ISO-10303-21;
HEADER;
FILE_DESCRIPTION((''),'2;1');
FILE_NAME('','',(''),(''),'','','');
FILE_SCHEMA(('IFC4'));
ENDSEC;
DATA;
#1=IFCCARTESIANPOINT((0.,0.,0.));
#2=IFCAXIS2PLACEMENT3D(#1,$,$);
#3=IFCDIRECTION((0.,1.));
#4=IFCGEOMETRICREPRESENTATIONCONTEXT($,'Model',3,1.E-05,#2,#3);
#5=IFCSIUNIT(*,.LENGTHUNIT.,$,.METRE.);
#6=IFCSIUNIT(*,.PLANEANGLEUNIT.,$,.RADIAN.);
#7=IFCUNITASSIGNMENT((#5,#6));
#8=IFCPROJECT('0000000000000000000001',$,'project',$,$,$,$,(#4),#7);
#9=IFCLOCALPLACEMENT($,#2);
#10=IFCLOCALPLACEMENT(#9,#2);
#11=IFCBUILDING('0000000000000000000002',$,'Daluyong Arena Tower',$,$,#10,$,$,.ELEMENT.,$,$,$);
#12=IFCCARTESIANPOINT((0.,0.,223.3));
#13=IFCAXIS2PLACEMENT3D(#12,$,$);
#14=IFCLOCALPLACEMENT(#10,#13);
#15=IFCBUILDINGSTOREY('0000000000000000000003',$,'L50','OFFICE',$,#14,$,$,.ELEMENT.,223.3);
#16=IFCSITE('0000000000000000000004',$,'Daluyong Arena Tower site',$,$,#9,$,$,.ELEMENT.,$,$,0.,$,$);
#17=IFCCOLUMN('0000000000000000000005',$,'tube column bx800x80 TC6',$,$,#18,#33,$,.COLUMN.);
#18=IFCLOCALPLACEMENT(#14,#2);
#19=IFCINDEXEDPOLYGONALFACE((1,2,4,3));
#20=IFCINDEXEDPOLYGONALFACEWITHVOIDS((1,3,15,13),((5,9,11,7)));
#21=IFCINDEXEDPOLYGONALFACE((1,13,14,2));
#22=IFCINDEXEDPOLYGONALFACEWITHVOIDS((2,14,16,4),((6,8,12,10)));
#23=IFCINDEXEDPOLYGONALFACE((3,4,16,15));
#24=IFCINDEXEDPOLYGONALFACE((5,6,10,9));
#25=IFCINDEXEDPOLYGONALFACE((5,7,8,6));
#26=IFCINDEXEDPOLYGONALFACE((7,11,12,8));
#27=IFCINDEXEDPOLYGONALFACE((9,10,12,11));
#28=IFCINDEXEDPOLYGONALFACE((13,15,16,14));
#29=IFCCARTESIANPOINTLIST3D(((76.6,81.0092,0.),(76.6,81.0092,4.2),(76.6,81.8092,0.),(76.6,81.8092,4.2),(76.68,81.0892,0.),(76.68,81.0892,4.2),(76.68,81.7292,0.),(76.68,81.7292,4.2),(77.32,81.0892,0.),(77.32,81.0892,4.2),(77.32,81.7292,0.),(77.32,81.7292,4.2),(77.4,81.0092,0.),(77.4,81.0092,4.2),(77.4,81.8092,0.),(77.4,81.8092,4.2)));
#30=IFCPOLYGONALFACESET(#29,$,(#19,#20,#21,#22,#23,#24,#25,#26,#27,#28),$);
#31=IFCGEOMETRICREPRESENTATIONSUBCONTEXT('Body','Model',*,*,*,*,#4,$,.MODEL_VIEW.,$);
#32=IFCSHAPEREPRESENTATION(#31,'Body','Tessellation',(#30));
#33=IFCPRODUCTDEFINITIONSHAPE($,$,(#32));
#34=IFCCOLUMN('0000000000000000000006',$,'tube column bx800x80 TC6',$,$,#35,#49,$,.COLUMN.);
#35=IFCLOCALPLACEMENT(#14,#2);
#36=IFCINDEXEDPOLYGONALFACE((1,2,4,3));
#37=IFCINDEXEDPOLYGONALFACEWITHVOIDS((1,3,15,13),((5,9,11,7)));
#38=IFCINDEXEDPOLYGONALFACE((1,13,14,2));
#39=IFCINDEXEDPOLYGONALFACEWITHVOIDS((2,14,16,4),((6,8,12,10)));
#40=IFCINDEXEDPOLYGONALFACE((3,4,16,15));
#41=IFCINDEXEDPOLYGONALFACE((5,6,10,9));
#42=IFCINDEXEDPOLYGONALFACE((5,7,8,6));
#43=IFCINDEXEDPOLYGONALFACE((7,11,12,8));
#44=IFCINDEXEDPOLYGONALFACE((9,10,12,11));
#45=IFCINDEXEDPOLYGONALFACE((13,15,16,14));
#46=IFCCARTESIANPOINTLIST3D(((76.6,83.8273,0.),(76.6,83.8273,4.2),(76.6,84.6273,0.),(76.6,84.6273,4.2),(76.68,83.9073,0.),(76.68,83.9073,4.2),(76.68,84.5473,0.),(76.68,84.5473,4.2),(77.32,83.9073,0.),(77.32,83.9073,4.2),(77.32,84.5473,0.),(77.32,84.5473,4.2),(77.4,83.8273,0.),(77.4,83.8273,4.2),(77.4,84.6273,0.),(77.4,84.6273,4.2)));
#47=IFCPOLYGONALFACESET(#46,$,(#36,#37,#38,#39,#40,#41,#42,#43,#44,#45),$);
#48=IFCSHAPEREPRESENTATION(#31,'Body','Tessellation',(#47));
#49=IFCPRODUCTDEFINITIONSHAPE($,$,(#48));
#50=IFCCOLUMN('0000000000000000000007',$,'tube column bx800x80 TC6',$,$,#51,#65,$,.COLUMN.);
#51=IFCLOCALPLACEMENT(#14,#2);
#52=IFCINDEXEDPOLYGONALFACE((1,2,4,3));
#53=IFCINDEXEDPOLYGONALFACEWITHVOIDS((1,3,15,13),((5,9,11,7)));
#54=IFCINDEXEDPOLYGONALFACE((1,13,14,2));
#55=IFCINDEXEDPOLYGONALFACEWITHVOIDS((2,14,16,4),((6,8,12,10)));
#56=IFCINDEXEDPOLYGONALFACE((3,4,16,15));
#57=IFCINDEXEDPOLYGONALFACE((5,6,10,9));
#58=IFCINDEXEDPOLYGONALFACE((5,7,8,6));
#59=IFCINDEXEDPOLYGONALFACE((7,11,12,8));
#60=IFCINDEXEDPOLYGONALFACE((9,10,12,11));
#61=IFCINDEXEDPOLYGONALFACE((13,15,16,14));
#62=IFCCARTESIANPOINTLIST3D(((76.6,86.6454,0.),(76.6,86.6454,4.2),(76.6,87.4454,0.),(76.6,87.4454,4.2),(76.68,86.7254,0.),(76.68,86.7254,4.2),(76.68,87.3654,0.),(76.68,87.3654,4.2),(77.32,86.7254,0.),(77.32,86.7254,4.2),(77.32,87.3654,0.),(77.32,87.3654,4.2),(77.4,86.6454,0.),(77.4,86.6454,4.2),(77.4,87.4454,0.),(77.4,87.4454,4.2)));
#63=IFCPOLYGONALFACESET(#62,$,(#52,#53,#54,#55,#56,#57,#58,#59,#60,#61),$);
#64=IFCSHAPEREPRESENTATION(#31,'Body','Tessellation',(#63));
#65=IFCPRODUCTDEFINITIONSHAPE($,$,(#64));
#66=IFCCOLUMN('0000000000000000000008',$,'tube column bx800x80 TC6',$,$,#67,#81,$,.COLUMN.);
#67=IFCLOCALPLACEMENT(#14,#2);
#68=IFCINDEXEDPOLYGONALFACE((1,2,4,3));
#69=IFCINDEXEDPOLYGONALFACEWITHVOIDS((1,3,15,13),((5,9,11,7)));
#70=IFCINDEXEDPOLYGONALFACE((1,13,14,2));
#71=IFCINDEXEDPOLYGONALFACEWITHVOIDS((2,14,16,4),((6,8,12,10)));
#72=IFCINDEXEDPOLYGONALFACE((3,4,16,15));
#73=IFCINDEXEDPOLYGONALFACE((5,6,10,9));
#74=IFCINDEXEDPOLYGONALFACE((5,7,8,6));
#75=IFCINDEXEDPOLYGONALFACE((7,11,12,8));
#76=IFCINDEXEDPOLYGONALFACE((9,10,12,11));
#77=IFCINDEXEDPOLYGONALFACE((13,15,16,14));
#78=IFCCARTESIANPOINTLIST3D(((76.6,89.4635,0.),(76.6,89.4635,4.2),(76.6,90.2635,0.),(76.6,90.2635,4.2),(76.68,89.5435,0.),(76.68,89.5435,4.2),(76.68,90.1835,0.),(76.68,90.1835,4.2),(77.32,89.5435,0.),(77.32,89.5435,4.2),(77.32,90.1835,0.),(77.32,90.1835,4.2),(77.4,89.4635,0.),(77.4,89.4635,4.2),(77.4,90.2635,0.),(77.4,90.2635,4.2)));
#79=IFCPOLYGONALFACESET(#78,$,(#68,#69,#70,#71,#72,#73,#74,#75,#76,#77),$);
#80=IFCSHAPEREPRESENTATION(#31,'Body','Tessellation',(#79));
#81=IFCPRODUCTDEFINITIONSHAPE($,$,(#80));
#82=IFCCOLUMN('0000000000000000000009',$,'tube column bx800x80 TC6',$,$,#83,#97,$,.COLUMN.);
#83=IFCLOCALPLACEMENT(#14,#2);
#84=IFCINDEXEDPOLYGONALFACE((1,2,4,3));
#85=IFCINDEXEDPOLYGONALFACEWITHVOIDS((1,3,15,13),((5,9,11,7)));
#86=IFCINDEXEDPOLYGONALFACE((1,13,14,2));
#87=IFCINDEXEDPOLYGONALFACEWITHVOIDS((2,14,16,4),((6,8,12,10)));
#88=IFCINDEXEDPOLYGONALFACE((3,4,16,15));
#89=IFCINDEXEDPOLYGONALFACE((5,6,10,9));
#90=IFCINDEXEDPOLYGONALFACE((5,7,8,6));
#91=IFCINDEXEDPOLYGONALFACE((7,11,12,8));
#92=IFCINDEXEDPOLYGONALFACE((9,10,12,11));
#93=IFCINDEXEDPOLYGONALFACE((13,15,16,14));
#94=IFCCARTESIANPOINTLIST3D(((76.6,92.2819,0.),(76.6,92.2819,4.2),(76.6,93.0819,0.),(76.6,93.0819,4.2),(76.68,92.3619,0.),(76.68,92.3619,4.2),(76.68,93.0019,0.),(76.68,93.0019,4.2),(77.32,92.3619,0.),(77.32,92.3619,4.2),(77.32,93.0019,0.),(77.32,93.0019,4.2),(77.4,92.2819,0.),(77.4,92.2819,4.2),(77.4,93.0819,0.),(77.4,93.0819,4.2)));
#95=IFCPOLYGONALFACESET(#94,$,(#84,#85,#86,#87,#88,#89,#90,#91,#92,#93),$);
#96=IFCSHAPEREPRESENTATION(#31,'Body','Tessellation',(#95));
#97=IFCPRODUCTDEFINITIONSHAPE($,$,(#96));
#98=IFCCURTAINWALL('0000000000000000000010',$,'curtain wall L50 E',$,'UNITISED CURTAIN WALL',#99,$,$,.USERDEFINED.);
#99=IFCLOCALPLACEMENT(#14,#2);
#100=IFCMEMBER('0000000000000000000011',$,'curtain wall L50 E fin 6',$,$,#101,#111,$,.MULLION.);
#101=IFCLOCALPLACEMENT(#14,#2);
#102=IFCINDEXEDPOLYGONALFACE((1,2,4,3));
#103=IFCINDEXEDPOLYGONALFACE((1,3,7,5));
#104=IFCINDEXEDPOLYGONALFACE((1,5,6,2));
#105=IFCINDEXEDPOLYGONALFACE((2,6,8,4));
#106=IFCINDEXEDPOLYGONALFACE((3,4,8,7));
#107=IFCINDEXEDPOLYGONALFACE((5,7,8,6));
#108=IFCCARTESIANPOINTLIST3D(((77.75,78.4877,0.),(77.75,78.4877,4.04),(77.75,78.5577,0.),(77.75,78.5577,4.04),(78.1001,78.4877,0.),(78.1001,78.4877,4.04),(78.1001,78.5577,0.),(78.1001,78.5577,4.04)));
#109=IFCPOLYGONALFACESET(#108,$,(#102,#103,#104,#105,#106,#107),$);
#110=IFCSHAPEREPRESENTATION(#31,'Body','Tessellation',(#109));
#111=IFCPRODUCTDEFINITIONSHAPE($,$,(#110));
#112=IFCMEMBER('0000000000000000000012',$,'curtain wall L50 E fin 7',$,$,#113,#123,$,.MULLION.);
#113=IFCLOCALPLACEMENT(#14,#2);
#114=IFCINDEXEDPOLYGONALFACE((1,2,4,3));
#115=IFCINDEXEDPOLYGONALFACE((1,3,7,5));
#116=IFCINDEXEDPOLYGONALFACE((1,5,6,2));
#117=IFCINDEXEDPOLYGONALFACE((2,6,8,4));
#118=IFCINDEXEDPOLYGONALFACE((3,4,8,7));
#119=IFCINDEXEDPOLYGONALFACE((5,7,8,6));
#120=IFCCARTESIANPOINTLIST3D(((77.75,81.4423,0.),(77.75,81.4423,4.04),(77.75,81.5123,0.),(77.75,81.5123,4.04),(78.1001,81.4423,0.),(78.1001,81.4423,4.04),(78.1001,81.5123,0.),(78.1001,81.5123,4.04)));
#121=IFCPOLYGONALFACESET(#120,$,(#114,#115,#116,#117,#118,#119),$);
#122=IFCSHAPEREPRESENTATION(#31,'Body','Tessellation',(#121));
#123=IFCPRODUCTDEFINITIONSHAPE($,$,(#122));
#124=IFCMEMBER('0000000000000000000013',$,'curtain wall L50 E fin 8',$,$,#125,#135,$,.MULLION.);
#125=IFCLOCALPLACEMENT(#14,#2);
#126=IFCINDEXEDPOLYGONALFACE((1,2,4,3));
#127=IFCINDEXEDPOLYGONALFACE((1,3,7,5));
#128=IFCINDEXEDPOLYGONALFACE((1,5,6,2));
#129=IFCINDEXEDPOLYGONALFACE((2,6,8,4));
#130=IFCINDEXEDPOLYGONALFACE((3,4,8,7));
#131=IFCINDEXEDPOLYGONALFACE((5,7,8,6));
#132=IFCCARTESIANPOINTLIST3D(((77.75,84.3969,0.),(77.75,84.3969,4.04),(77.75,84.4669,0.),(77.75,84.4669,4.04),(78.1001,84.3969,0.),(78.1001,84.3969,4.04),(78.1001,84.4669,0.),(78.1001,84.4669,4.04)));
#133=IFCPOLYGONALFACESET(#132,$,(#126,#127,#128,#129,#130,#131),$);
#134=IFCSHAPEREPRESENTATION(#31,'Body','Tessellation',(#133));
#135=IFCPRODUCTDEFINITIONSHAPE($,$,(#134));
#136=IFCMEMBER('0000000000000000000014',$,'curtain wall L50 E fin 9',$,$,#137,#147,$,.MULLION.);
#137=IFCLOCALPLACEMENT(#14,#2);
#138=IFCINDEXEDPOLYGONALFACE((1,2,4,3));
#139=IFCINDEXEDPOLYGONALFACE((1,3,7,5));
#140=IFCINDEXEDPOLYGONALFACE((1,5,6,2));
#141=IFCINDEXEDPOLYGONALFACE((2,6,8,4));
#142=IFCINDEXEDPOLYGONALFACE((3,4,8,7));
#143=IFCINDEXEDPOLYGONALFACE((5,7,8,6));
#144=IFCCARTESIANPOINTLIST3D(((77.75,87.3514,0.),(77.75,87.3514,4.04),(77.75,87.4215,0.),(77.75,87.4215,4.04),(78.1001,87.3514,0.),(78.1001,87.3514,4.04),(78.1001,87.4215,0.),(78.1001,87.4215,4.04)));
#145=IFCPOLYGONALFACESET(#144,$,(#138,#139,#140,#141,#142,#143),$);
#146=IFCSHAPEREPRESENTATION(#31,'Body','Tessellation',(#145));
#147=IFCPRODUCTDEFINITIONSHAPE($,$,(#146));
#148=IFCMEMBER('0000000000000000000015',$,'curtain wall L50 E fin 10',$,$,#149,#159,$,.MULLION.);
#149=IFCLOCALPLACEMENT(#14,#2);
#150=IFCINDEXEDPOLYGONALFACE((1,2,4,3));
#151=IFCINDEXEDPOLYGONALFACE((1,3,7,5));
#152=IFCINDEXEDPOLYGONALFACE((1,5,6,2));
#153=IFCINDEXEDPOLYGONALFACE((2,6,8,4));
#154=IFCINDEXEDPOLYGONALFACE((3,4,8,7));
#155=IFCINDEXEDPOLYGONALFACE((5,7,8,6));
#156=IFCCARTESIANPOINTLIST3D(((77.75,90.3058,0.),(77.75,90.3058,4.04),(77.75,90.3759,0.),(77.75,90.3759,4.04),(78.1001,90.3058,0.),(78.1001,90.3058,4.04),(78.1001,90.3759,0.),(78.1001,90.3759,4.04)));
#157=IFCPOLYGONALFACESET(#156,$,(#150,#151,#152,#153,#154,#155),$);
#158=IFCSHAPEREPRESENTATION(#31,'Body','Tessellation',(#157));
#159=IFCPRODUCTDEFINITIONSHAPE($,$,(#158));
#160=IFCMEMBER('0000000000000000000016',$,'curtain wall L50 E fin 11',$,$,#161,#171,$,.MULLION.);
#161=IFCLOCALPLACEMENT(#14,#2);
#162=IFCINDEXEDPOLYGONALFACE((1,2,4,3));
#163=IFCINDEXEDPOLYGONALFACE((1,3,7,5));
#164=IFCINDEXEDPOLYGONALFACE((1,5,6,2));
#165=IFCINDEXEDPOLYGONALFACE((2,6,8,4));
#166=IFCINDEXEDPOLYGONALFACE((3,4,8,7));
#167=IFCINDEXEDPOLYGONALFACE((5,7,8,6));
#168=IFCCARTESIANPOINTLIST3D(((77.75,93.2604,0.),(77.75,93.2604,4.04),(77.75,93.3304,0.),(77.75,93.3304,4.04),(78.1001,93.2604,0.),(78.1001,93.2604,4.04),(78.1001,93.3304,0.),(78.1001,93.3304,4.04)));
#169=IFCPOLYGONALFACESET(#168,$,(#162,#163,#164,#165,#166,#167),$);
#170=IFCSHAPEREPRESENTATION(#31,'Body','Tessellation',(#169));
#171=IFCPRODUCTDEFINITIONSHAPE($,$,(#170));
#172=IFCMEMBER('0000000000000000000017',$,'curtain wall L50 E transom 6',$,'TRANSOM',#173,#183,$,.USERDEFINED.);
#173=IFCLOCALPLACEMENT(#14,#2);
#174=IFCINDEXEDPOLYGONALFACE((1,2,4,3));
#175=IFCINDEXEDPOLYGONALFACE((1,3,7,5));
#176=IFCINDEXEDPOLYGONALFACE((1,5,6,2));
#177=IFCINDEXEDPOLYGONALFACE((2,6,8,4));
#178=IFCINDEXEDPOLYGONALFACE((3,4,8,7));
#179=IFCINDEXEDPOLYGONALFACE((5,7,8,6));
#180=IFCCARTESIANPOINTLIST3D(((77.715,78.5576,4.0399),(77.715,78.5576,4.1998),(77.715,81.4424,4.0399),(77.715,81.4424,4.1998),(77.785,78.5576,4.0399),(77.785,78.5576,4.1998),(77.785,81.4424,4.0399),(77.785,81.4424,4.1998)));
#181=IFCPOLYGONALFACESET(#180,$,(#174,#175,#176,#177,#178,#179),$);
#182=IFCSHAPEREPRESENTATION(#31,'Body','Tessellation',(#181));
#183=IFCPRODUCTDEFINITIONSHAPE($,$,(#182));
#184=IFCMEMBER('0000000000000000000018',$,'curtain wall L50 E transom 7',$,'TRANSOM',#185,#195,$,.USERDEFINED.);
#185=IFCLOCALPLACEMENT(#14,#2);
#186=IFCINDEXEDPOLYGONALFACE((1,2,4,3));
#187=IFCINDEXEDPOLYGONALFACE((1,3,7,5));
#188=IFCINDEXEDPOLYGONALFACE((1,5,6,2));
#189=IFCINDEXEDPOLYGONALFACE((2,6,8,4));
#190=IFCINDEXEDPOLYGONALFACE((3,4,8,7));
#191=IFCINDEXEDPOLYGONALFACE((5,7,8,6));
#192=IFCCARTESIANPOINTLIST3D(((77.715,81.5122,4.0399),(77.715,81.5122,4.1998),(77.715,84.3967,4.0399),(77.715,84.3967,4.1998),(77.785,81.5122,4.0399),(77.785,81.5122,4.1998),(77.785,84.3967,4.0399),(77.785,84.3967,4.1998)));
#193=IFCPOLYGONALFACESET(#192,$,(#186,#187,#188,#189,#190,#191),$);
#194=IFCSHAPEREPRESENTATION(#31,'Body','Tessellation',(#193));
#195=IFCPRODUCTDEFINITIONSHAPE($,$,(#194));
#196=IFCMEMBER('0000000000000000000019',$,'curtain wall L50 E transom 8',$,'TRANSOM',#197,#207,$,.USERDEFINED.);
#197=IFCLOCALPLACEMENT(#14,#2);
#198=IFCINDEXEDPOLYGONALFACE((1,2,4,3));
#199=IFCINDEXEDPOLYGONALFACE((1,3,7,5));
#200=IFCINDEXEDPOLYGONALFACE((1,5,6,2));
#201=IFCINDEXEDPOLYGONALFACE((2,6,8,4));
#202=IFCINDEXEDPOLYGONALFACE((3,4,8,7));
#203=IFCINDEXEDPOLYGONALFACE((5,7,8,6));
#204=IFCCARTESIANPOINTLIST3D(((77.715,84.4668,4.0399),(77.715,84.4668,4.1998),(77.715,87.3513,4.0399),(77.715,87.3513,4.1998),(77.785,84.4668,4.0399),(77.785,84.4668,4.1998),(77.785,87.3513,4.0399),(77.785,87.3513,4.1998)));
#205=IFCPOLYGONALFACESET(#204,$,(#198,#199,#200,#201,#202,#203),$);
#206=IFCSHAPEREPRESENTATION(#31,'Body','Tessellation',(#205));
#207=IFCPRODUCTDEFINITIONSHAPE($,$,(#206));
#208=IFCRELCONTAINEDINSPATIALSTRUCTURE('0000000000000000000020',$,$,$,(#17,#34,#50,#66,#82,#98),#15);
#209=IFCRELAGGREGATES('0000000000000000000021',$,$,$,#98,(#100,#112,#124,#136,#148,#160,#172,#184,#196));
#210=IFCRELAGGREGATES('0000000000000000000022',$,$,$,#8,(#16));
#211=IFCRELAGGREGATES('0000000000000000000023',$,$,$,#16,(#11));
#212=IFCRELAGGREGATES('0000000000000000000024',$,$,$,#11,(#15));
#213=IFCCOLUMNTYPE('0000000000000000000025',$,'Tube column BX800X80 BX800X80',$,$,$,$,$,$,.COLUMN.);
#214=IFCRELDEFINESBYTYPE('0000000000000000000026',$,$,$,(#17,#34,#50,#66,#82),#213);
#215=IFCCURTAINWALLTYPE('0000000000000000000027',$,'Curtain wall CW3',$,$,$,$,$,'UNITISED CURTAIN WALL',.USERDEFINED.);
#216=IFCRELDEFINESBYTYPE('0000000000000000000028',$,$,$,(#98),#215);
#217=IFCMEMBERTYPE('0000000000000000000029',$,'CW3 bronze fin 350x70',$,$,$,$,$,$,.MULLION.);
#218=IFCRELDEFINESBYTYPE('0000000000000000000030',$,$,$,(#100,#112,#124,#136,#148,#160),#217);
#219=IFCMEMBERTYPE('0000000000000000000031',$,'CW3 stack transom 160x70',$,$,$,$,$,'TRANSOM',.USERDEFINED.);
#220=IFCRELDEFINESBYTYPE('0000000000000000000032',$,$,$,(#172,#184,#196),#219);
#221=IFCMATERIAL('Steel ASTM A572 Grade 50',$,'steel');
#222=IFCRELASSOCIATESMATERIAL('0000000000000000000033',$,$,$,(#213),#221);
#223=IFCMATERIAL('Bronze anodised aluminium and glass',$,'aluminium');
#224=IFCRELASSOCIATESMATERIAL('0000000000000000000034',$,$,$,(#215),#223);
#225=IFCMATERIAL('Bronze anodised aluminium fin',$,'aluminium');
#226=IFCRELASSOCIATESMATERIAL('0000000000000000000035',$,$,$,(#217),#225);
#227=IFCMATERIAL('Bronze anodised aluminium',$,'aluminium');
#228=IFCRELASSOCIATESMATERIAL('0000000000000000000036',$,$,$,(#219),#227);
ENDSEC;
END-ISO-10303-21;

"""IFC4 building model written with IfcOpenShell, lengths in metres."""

from ifc_helpers import new_model, si_unit, direction, frame, origin, origin_2d, place, context, subcontext, project, spatial, rectangle, hollow_rectangle, extrude, material, material_profile, profile_set, type_object, element, aggregate, save


model = new_model("IFC4")

# Units and contexts
model_context = context("Model", 3, precision=1e-05, world=origin(), true_north=direction((0.0, 1.0)))
body_context = subcontext(model_context, "Body", "Model", "MODEL_VIEW")
ifc_project = project(units=[si_unit("LENGTHUNIT", "METRE"), si_unit("PLANEANGLEUNIT", "RADIAN")], contexts=[model_context])

# Site, building, storey
site_placement = place(None, origin())
site = spatial("IfcSite", under=ifc_project, at=site_placement, Name="Daluyong Arena Tower site", CompositionType="ELEMENT", RefElevation=0.0)
building_placement = place(site_placement, origin())
building = spatial("IfcBuilding", under=site, at=building_placement, Name="Daluyong Arena Tower", CompositionType="ELEMENT")
storey_placement = place(building_placement, frame((0.0, 0.0, 223.3)))
storey = spatial("IfcBuildingStorey", under=building, at=storey_placement, Name="L50", Description="OFFICE", CompositionType="ELEMENT", Elevation=223.3)

# Columns
ifc_material_1 = material(Name="Steel ASTM A572 Grade 50", Category="steel")
ifc_material_profile_1 = material_profile(ifc_material_1, hollow_rectangle(XDim=0.8, YDim=0.8, WallThickness=0.08, at=origin_2d()))
ifc_profile_set_1 = profile_set([ifc_material_profile_1], Name="Steel ASTM A572 Grade 50")
column_type = type_object("IfcColumnType", Name="Tube column BX800X80 BX800X80", PredefinedType="COLUMN", material=ifc_profile_set_1)
for number, where, z_axis, x_axis, name in (
    (1, (77.0, 81.4092, 0.0), (0.0, 0.0, 1.0), (0.0, 1.0, 0.0), "tube column bx800x80 TC6"),
    (2, (77.0, 84.2273, 0.0), (0.0, 0.0, 1.0), (0.0, 1.0, 0.0), "tube column bx800x80 TC6"),
    (3, (77.0, 87.0454, 0.0), (0.0, 0.0, 1.0), (0.0, 1.0, 0.0), "tube column bx800x80 TC6"),
    (4, (77.0, 89.8635, 0.0), (0.0, 0.0, 1.0), (0.0, 1.0, 0.0), "tube column bx800x80 TC6"),
    (5, (77.0, 92.6819, 0.0), (0.0, 0.0, 1.0), (0.0, 1.0, 0.0), "tube column bx800x80 TC6"),
):
    element("IfcColumn", number, at=place(storey_placement, frame(where, z_axis=z_axis, x_axis=x_axis)), inside=storey, type_object=column_type, Name=name, PredefinedType="COLUMN", context=body_context, shape_type="SweptSolid", body=[
        extrude(hollow_rectangle(XDim=0.8, YDim=0.8, WallThickness=0.08, at=origin_2d()), origin(), (0.0, 0.0, 1.0), 4.2),
    ])

# Curtain wall, members
ifc_material_2 = material(Name="Bronze anodised aluminium and glass", Category="aluminium")
curtain_wall_type = type_object("IfcCurtainWallType", Name="Curtain wall CW3", ElementType="UNITISED CURTAIN WALL", PredefinedType="USERDEFINED", material=ifc_material_2)
curtain_wall_placement = place(storey_placement, origin())
curtain_wall = element("IfcCurtainWall", 6, at=curtain_wall_placement, inside=storey, type_object=curtain_wall_type, Name="curtain wall L50 E", ObjectType="UNITISED CURTAIN WALL", PredefinedType="USERDEFINED")
ifc_material_3 = material(Name="Bronze anodised aluminium fin", Category="aluminium")
ifc_material_profile_2 = material_profile(ifc_material_3, rectangle(XDim=0.3501, YDim=0.0701, at=origin_2d()))
ifc_profile_set_2 = profile_set([ifc_material_profile_2], Name="Bronze anodised aluminium fin")
member_type_1 = type_object("IfcMemberType", Name="CW3 bronze fin 350x70", PredefinedType="MULLION", material=ifc_profile_set_2)
member_1_placement = place(storey_placement, frame((77.925, 78.5227, 0.0), z_axis=(0.0, 0.0, 1.0), x_axis=(-1.0, 0.0, 0.0)))
member_1 = element("IfcMember", 7, at=member_1_placement, type_object=member_type_1, Name="curtain wall L50 E fin 6", PredefinedType="MULLION", context=body_context, shape_type="SweptSolid", body=[
    extrude(rectangle(XDim=0.3501, YDim=0.0701, at=origin_2d()), origin(), (0.0, 0.0, 1.0), 4.04),
])
member_2_placement = place(storey_placement, frame((77.925, 81.4773, 0.0), z_axis=(0.0, 0.0, 1.0), x_axis=(-1.0, 0.0, 0.0)))
member_2 = element("IfcMember", 8, at=member_2_placement, type_object=member_type_1, Name="curtain wall L50 E fin 7", PredefinedType="MULLION", context=body_context, shape_type="SweptSolid", body=[
    extrude(rectangle(XDim=0.3501, YDim=0.0701, at=origin_2d()), origin(), (0.0, 0.0, 1.0), 4.04),
])
member_3_placement = place(storey_placement, frame((77.925, 84.4319, 0.0), z_axis=(0.0, 0.0, 1.0), x_axis=(-1.0, 0.0, 0.0)))
member_3 = element("IfcMember", 9, at=member_3_placement, type_object=member_type_1, Name="curtain wall L50 E fin 8", PredefinedType="MULLION", context=body_context, shape_type="SweptSolid", body=[
    extrude(rectangle(XDim=0.3501, YDim=0.0701, at=origin_2d()), origin(), (0.0, 0.0, 1.0), 4.04),
])
member_4_placement = place(storey_placement, frame((77.925, 87.3865, 0.0), z_axis=(0.0, 0.0, 1.0), x_axis=(-1.0, 0.0, 0.0)))
member_4 = element("IfcMember", 10, at=member_4_placement, type_object=member_type_1, Name="curtain wall L50 E fin 9", PredefinedType="MULLION", context=body_context, shape_type="SweptSolid", body=[
    extrude(rectangle(XDim=0.3501, YDim=0.0701, at=origin_2d()), origin(), (0.0, 0.0, 1.0), 4.04),
])
member_5_placement = place(storey_placement, frame((77.925, 90.3408, 0.0), z_axis=(0.0, 0.0, 1.0), x_axis=(-1.0, 0.0, 0.0)))
member_5 = element("IfcMember", 11, at=member_5_placement, type_object=member_type_1, Name="curtain wall L50 E fin 10", PredefinedType="MULLION", context=body_context, shape_type="SweptSolid", body=[
    extrude(rectangle(XDim=0.3501, YDim=0.0701, at=origin_2d()), origin(), (0.0, 0.0, 1.0), 4.04),
])
member_6_placement = place(storey_placement, frame((77.925, 93.2954, 0.0), z_axis=(0.0, 0.0, 1.0), x_axis=(-1.0, 0.0, 0.0)))
member_6 = element("IfcMember", 12, at=member_6_placement, type_object=member_type_1, Name="curtain wall L50 E fin 11", PredefinedType="MULLION", context=body_context, shape_type="SweptSolid", body=[
    extrude(rectangle(XDim=0.3501, YDim=0.0701, at=origin_2d()), origin(), (0.0, 0.0, 1.0), 4.04),
])
ifc_material_4 = material(Name="Bronze anodised aluminium", Category="aluminium")
ifc_material_profile_3 = material_profile(ifc_material_4, rectangle(XDim=0.0701, YDim=0.1599, at=origin_2d()))
ifc_profile_set_3 = profile_set([ifc_material_profile_3], Name="Bronze anodised aluminium")
member_type_2 = type_object("IfcMemberType", Name="CW3 stack transom 160x70", ElementType="TRANSOM", PredefinedType="USERDEFINED", material=ifc_profile_set_3)
member_7_placement = place(storey_placement, frame((77.75, 78.5576, 4.1199), z_axis=(0.0, 1.0, 0.0), x_axis=(-1.0, 0.0, 0.0)))
member_7 = element("IfcMember", 13, at=member_7_placement, type_object=member_type_2, Name="curtain wall L50 E transom 6", ObjectType="TRANSOM", PredefinedType="USERDEFINED", context=body_context, shape_type="SweptSolid", body=[
    extrude(rectangle(XDim=0.0701, YDim=0.1599, at=origin_2d()), origin(), (0.0, 0.0, 1.0), 2.8848),
])
member_8_placement = place(storey_placement, frame((77.75, 81.5122, 4.1199), z_axis=(0.0, 1.0, 0.0), x_axis=(-1.0, 0.0, 0.0)))
member_8 = element("IfcMember", 14, at=member_8_placement, type_object=member_type_2, Name="curtain wall L50 E transom 7", ObjectType="TRANSOM", PredefinedType="USERDEFINED", context=body_context, shape_type="SweptSolid", body=[
    extrude(rectangle(XDim=0.0701, YDim=0.1599, at=origin_2d()), origin(), (0.0, 0.0, 1.0), 2.8845),
])
member_9_placement = place(storey_placement, frame((77.75, 84.4668, 4.1199), z_axis=(0.0, 1.0, 0.0), x_axis=(-1.0, 0.0, 0.0)))
member_9 = element("IfcMember", 15, at=member_9_placement, type_object=member_type_2, Name="curtain wall L50 E transom 8", ObjectType="TRANSOM", PredefinedType="USERDEFINED", context=body_context, shape_type="SweptSolid", body=[
    extrude(rectangle(XDim=0.0701, YDim=0.1599, at=origin_2d()), origin(), (0.0, 0.0, 1.0), 2.8845),
])

aggregate(curtain_wall, [member_1, member_2, member_3, member_4, member_5, member_6, member_7, member_8, member_9])

save(model, "model.ifc")
